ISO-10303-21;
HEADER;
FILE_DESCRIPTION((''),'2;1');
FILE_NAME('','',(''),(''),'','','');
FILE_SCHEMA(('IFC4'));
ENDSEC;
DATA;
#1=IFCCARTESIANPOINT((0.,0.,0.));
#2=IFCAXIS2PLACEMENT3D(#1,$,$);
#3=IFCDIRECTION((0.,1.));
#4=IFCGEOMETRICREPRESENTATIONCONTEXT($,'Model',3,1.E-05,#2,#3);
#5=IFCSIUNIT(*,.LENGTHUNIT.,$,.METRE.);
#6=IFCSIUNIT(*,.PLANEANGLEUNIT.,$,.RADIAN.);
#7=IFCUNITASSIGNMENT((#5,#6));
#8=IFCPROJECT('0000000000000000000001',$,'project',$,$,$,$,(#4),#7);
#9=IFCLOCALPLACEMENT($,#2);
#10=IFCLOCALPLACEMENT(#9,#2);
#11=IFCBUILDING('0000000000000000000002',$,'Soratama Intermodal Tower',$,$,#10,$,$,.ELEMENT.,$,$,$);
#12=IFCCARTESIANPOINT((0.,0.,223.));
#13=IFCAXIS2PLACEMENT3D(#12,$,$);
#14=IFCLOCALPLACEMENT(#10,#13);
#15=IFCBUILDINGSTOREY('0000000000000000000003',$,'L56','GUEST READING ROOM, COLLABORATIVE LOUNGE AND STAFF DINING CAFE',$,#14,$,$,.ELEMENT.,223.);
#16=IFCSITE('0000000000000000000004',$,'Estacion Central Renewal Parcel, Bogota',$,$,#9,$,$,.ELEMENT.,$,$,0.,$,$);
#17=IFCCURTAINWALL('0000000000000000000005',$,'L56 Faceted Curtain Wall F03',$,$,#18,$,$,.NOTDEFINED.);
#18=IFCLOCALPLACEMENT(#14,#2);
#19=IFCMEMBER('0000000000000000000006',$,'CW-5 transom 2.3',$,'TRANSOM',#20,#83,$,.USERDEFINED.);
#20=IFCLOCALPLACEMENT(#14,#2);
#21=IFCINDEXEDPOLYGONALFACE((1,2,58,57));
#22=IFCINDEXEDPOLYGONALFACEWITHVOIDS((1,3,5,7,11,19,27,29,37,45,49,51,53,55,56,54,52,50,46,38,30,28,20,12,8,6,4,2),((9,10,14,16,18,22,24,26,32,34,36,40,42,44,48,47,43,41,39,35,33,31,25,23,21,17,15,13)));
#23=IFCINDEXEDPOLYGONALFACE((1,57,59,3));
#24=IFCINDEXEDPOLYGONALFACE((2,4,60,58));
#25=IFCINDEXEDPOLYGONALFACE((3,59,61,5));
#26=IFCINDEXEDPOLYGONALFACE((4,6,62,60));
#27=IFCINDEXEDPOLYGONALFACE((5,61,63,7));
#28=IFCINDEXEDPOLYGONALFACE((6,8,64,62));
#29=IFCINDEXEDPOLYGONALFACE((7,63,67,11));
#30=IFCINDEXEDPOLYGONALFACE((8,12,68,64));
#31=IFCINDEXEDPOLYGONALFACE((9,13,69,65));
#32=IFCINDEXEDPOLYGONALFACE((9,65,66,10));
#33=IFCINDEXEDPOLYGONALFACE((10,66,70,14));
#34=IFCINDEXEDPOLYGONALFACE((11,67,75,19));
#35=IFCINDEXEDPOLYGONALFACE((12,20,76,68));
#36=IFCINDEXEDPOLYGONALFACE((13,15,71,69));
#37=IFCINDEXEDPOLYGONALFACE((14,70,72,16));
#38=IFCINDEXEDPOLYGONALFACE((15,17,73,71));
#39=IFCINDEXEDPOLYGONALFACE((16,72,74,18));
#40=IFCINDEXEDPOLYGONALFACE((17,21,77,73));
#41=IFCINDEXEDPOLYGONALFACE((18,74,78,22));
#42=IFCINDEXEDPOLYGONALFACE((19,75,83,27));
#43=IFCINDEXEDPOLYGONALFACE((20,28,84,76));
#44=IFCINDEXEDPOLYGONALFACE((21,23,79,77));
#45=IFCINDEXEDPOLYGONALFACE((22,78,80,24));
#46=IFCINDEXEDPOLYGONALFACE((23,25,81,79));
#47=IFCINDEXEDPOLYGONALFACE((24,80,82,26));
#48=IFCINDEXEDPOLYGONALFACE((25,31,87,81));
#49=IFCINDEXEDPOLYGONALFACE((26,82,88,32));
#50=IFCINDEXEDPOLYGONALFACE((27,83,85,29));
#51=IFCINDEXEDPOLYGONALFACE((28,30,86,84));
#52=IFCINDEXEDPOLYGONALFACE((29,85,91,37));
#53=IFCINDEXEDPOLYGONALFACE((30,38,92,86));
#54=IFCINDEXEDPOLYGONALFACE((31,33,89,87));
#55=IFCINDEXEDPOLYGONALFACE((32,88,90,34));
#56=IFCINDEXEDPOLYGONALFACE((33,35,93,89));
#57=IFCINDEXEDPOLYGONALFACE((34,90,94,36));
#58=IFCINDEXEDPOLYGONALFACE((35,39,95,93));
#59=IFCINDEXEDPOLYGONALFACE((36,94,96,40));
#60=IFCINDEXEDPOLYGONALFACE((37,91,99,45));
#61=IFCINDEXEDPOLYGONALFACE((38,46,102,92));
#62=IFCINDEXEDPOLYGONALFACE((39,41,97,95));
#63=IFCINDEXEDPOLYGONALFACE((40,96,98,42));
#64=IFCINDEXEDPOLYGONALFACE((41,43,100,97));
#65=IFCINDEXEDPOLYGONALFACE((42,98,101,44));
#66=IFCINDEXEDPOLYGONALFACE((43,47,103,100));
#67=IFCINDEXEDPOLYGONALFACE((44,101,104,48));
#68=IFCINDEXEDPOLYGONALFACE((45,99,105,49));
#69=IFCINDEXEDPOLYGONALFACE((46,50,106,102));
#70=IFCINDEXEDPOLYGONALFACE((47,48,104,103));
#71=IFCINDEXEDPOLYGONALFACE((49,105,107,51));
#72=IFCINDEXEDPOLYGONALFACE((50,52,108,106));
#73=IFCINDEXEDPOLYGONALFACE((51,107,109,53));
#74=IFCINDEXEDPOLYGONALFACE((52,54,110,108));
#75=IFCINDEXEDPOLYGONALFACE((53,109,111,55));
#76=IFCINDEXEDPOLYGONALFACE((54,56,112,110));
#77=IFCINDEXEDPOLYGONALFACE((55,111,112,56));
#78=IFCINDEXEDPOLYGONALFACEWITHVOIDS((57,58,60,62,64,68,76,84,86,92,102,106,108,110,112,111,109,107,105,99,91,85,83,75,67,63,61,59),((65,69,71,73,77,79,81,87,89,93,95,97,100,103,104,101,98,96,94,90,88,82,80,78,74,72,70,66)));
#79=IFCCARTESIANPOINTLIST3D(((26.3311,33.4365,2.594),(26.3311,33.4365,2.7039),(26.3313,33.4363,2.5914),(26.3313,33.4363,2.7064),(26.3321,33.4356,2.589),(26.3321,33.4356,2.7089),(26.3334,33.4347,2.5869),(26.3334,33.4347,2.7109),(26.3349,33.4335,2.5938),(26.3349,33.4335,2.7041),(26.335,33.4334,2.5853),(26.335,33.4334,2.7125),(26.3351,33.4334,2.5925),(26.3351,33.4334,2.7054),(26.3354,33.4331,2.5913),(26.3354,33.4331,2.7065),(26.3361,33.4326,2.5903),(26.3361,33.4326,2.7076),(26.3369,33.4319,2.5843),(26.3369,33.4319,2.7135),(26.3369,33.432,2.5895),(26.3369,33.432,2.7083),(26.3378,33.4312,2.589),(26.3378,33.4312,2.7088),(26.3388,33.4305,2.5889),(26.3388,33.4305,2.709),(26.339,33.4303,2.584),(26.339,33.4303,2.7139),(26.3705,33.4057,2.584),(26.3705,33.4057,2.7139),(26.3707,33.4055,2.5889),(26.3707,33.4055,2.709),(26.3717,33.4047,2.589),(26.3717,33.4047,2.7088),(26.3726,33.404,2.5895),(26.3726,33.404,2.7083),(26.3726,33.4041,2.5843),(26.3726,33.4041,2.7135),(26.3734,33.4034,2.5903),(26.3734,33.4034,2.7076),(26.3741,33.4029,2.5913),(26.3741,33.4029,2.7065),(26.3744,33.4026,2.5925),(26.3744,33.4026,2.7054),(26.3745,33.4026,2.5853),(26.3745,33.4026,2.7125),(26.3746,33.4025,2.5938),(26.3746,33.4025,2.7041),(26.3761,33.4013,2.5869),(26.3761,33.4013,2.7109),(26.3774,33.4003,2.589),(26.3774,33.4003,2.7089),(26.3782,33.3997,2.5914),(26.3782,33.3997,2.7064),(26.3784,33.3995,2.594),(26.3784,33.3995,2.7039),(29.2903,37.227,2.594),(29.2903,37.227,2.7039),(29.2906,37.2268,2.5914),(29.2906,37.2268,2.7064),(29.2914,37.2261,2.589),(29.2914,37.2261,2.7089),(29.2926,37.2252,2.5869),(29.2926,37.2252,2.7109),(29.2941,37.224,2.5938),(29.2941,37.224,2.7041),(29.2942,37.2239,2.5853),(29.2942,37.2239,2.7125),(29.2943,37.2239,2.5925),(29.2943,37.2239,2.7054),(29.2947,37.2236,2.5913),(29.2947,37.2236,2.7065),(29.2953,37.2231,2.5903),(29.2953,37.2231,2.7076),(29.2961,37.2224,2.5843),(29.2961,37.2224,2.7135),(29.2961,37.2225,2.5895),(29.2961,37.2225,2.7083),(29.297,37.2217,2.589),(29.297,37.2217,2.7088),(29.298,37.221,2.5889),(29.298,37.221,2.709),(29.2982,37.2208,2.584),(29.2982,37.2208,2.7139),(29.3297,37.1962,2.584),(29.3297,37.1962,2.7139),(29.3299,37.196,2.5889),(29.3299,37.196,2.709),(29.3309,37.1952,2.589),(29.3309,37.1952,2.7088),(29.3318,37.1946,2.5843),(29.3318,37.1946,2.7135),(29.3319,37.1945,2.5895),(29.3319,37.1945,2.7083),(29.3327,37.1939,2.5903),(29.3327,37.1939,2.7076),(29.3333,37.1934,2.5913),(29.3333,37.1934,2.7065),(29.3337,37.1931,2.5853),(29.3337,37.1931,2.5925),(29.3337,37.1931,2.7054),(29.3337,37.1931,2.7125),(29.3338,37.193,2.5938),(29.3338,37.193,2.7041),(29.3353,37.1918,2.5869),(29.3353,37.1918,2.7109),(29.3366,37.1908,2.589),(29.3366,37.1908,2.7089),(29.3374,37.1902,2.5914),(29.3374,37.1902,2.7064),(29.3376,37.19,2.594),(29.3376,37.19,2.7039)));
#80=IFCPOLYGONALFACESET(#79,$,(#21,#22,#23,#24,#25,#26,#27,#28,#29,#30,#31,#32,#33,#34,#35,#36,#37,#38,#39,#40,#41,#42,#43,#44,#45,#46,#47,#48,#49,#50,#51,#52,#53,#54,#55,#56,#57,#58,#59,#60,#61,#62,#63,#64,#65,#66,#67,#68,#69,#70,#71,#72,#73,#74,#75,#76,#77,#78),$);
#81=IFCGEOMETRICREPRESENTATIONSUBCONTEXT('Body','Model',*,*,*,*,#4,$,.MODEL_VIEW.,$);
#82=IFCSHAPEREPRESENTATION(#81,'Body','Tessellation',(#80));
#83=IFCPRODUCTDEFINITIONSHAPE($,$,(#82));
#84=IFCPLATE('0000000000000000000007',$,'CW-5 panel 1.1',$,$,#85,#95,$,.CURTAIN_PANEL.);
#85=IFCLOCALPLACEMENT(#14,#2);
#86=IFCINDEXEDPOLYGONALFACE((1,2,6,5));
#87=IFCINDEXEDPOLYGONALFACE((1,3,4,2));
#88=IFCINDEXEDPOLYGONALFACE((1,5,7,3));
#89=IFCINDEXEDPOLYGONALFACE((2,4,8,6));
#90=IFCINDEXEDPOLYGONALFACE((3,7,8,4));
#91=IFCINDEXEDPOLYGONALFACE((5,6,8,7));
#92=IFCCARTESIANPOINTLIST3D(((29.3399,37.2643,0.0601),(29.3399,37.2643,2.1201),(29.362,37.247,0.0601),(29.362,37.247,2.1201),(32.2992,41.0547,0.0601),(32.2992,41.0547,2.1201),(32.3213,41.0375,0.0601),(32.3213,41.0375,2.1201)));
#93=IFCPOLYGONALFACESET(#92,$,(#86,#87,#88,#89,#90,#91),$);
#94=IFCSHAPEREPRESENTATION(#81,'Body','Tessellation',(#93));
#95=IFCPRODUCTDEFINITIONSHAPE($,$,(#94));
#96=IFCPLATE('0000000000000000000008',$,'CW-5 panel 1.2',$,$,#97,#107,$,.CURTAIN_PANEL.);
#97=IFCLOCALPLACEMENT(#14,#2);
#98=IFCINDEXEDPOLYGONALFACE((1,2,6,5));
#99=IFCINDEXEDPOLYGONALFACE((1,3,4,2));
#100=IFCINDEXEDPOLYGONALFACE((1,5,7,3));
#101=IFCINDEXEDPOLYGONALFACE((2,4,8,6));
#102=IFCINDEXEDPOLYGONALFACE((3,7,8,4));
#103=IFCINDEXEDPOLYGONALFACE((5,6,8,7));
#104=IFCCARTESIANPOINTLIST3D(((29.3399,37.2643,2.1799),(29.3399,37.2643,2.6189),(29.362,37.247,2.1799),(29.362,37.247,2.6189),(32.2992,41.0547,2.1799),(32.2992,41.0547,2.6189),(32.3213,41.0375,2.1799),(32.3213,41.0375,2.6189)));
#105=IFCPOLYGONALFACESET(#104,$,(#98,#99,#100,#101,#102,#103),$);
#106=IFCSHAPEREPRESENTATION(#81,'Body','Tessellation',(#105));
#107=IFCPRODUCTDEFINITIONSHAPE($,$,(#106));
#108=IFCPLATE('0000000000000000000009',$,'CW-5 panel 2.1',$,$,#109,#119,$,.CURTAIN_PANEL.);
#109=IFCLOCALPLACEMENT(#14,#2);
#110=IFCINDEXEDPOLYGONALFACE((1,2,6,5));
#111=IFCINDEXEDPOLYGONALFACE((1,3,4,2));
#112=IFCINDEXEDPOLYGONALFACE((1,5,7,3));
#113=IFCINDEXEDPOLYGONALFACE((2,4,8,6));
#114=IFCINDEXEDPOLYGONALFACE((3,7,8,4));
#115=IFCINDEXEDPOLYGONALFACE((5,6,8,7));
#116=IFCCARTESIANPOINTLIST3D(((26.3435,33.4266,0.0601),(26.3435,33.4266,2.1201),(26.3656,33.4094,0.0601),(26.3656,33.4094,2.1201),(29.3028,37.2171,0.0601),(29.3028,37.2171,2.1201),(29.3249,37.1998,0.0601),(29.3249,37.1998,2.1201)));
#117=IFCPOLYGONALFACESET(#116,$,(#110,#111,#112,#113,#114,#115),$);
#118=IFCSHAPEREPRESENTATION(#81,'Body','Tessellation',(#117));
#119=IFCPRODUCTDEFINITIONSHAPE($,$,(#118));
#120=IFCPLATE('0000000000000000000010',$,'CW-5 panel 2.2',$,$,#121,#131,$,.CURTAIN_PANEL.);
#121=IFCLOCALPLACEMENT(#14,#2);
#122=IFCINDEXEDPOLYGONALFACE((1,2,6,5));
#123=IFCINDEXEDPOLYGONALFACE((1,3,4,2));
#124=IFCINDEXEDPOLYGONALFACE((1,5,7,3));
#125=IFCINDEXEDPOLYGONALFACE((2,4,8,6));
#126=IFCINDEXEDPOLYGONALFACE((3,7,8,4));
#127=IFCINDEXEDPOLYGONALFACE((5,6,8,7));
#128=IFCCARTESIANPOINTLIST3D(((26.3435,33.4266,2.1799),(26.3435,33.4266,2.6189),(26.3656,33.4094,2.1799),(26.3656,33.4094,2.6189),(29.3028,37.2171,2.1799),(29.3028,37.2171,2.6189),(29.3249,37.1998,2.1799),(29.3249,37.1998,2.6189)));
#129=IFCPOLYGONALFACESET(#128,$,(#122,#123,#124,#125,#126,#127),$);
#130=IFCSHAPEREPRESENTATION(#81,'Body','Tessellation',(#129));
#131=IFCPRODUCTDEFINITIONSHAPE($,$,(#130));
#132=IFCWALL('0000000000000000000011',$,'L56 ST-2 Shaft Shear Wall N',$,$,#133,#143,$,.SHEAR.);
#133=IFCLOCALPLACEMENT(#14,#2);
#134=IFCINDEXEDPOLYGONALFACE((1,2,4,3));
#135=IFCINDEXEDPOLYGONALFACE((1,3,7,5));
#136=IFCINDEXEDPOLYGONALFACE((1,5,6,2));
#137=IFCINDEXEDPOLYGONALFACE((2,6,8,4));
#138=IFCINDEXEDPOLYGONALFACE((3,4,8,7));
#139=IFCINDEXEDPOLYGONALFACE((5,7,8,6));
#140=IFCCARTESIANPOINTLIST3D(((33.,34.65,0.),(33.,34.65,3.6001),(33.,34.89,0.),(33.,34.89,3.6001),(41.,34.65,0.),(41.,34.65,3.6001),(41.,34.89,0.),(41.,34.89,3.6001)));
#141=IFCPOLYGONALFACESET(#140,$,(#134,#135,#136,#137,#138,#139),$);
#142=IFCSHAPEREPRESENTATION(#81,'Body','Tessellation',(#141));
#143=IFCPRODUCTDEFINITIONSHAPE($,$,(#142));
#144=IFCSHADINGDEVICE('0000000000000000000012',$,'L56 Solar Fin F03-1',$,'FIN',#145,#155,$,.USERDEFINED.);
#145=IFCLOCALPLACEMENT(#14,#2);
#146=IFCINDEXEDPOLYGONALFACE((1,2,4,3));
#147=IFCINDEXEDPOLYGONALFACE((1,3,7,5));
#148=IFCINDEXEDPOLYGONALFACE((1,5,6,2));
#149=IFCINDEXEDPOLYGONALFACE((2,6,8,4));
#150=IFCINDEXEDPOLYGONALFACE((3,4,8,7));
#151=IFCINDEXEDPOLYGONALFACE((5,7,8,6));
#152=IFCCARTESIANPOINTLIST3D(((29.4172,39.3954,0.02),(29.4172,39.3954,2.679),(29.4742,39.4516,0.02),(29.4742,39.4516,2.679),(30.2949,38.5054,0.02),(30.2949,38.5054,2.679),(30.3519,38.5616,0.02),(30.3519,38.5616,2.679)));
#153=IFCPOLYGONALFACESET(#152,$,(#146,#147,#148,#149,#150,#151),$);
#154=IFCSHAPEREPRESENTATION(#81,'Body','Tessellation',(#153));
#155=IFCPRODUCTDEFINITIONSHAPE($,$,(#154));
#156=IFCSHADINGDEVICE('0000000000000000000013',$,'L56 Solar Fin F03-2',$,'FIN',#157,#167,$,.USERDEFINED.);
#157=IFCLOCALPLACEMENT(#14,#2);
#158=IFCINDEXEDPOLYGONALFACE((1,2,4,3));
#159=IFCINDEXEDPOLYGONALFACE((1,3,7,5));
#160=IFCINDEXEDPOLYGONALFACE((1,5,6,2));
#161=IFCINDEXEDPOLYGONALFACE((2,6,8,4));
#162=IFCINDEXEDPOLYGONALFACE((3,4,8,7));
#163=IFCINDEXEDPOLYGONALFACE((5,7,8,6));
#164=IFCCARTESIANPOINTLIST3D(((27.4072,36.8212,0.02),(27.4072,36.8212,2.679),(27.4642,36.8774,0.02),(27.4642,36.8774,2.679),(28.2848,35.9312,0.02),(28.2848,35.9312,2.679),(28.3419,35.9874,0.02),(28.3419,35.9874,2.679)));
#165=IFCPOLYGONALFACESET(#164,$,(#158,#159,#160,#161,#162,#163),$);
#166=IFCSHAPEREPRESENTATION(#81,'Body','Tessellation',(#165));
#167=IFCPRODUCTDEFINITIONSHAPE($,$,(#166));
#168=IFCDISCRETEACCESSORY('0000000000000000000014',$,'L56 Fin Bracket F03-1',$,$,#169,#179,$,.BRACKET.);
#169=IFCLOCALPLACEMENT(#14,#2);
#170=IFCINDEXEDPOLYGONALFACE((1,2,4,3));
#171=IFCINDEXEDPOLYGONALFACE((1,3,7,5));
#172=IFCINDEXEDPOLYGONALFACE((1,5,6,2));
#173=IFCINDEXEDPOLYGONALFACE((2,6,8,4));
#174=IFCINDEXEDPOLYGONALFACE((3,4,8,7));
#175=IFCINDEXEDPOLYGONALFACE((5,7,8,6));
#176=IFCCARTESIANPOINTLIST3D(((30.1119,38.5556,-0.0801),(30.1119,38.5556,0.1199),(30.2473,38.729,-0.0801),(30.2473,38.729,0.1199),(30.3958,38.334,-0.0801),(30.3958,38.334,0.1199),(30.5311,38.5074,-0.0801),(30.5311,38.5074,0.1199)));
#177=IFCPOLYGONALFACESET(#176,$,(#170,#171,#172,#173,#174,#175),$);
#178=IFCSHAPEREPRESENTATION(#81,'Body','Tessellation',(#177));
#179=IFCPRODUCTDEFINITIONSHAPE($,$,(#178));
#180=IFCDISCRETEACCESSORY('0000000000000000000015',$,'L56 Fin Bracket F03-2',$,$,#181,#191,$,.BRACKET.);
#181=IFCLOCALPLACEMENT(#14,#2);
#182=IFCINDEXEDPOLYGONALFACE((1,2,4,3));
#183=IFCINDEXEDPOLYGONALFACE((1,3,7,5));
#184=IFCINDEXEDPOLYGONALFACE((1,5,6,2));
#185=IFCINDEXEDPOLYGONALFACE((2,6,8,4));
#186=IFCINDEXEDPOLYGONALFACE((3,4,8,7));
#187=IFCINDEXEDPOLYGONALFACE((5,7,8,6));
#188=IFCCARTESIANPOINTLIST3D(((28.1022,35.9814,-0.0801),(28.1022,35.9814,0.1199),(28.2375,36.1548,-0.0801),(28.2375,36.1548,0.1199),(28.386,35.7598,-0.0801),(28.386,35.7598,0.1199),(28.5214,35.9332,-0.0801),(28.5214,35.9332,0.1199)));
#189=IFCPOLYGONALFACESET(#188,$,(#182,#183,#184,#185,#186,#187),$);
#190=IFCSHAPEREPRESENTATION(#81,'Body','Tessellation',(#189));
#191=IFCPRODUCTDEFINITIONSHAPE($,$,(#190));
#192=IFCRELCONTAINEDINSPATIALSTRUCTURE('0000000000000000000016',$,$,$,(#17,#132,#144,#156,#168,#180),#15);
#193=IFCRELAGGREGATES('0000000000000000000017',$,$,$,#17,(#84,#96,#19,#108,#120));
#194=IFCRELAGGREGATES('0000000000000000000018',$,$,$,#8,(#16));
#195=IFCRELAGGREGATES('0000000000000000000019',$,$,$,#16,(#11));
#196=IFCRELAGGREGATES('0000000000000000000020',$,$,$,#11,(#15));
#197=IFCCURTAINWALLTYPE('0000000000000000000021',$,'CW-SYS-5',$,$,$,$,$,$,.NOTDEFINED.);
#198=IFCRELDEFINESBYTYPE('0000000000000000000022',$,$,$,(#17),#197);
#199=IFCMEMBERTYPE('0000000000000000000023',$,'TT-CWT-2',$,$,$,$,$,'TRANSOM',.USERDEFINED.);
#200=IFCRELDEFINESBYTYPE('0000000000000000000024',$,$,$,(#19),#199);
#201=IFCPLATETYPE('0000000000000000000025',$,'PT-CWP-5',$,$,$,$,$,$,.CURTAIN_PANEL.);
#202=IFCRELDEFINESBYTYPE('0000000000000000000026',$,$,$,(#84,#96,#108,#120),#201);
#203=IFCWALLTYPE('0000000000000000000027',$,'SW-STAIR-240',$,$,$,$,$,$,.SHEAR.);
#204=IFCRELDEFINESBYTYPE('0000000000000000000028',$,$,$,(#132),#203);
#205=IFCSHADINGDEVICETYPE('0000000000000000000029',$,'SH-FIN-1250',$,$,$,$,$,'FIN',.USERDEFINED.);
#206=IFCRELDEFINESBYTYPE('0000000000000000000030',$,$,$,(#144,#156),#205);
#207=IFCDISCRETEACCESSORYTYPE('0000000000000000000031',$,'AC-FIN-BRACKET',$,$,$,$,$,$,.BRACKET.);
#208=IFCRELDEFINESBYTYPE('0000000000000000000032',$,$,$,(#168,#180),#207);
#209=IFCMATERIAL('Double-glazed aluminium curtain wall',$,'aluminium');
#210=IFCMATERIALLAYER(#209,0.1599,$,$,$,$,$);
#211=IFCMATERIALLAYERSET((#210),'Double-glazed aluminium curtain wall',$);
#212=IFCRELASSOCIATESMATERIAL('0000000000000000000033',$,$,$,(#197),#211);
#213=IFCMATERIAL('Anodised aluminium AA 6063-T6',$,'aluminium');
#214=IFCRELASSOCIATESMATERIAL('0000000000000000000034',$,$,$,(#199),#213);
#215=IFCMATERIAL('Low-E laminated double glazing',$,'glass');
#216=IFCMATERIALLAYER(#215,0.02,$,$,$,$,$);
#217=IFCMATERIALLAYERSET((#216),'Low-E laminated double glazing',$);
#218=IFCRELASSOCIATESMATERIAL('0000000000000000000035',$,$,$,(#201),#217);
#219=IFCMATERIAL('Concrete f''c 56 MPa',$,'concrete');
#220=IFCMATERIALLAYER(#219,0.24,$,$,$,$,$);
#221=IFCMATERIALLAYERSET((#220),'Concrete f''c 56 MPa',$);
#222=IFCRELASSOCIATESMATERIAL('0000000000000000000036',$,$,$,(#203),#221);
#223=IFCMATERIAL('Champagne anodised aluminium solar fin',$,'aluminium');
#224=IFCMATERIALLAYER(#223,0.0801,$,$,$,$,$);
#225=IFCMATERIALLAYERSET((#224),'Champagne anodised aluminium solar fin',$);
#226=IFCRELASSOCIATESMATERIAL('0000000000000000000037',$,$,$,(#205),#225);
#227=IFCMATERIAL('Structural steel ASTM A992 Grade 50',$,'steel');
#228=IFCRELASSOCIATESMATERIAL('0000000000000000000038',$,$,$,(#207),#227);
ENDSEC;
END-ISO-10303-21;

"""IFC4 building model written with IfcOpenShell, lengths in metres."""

from ifc_helpers import new_model, si_unit, direction, frame, frame_2d, origin, origin_2d, place, context, subcontext, project, spatial, rectangle, hollow_rectangle, extrude, material, layer, layer_set, material_profile, profile_set, type_object, element, aggregate, save


model = new_model("IFC4")

# Units and contexts
model_context = context("Model", 3, precision=1e-05, world=origin(), true_north=direction((0.0, 1.0)))
body_context = subcontext(model_context, "Body", "Model", "MODEL_VIEW")
ifc_project = project(units=[si_unit("LENGTHUNIT", "METRE"), si_unit("PLANEANGLEUNIT", "RADIAN")], contexts=[model_context])

# Site, building, storey
site_placement = place(None, origin())
site = spatial("IfcSite", under=ifc_project, at=site_placement, Name="Estacion Central Renewal Parcel, Bogota", CompositionType="ELEMENT", RefElevation=0.0)
building_placement = place(site_placement, origin())
building = spatial("IfcBuilding", under=site, at=building_placement, Name="Soratama Intermodal Tower", CompositionType="ELEMENT")
storey_placement = place(building_placement, frame((0.0, 0.0, 223.0)))
storey = spatial("IfcBuildingStorey", under=building, at=storey_placement, Name="L56", Description="GUEST READING ROOM, COLLABORATIVE LOUNGE AND STAFF DINING CAFE", CompositionType="ELEMENT", Elevation=223.0)

# Curtain wall, member, plates
ifc_material_1 = material(Name="Double-glazed aluminium curtain wall", Category="aluminium")
ifc_layer_1 = layer(ifc_material_1, 0.1599)
ifc_layer_set_1 = layer_set([ifc_layer_1], Name="Double-glazed aluminium curtain wall")
curtain_wall_type = type_object("IfcCurtainWallType", Name="CW-SYS-5", PredefinedType="NOTDEFINED", material=ifc_layer_set_1)
curtain_wall_placement = place(storey_placement, origin())
curtain_wall = element("IfcCurtainWall", 1, at=curtain_wall_placement, inside=storey, type_object=curtain_wall_type, Name="L56 Faceted Curtain Wall F03", PredefinedType="NOTDEFINED")
ifc_material_2 = material(Name="Anodised aluminium AA 6063-T6", Category="aluminium")
ifc_material_profile_1 = material_profile(ifc_material_2, hollow_rectangle(XDim=0.0601, YDim=0.1299, WallThickness=0.0049, InnerFilletRadius=0.0049, OuterFilletRadius=0.01, at=origin_2d()), Name="CWT130X60X5")
ifc_profile_set_1 = profile_set([ifc_material_profile_1], Name="Anodised aluminium AA 6063-T6")
member_type_1 = type_object("IfcMemberType", Name="TT-CWT-2", ElementType="TRANSOM", PredefinedType="USERDEFINED", material=ifc_profile_set_1)
member_1_placement = place(storey_placement, frame((29.314, 37.2085, 2.6489), z_axis=(-0.61537, -0.788238, 0.0), x_axis=(0.788238, -0.61537, 0.0)))
member_1 = element("IfcMember", 2, at=member_1_placement, type_object=member_type_1, Name="CW-5 transom 2.3", ObjectType="TRANSOM", PredefinedType="USERDEFINED", context=body_context, shape_type="SweptSolid", body=[
    extrude(hollow_rectangle(XDim=0.0601, YDim=0.1299, WallThickness=0.0049, InnerFilletRadius=0.0049, OuterFilletRadius=0.01, at=origin_2d()), origin(), (0.0, 0.0, 1.0), 4.8088),
])
ifc_material_3 = material(Name="Low-E laminated double glazing", Category="glass")
ifc_layer_2 = layer(ifc_material_3, 0.02)
ifc_layer_set_2 = layer_set([ifc_layer_2], Name="Low-E laminated double glazing")
plate_type = type_object("IfcPlateType", Name="PT-CWP-5", PredefinedType="CURTAIN_PANEL", material=ifc_layer_set_2)
plate_1_placement = place(storey_placement, frame((30.8306, 39.1509, 0.0601), z_axis=(0.0, 0.0, 1.0), x_axis=(-0.615388, -0.788224, 0.0)))
plate_1 = element("IfcPlate", 3, at=plate_1_placement, type_object=plate_type, Name="CW-5 panel 1.1", PredefinedType="CURTAIN_PANEL", context=body_context, shape_type="SweptSolid", body=[
    extrude(rectangle(XDim=4.8088, YDim=0.0281, at=origin_2d()), origin(), (0.0, 0.0, 1.0), 2.0601),
])
plate_2_placement = place(storey_placement, frame((30.8306, 39.1509, 2.1799), z_axis=(0.0, 0.0, 1.0), x_axis=(-0.615388, -0.788224, 0.0)))
plate_2 = element("IfcPlate", 4, at=plate_2_placement, type_object=plate_type, Name="CW-5 panel 1.2", PredefinedType="CURTAIN_PANEL", context=body_context, shape_type="SweptSolid", body=[
    extrude(rectangle(XDim=4.8088, YDim=0.0281, at=origin_2d()), origin(), (0.0, 0.0, 1.0), 0.439),
])
plate_3_placement = place(storey_placement, frame((27.8342, 35.3132, 0.0601), z_axis=(0.0, 0.0, 1.0), x_axis=(-0.615388, -0.788224, 0.0)))
plate_3 = element("IfcPlate", 5, at=plate_3_placement, type_object=plate_type, Name="CW-5 panel 2.1", PredefinedType="CURTAIN_PANEL", context=body_context, shape_type="SweptSolid", body=[
    extrude(rectangle(XDim=4.8088, YDim=0.0281, at=origin_2d()), origin(), (0.0, 0.0, 1.0), 2.0601),
])
plate_4_placement = place(storey_placement, frame((27.8342, 35.3132, 2.1799), z_axis=(0.0, 0.0, 1.0), x_axis=(-0.615388, -0.788224, 0.0)))
plate_4 = element("IfcPlate", 6, at=plate_4_placement, type_object=plate_type, Name="CW-5 panel 2.2", PredefinedType="CURTAIN_PANEL", context=body_context, shape_type="SweptSolid", body=[
    extrude(rectangle(XDim=4.8088, YDim=0.0281, at=origin_2d()), origin(), (0.0, 0.0, 1.0), 0.439),
])
aggregate(curtain_wall, [plate_1, plate_2, member_1, plate_3, plate_4])

# Wall
ifc_material_4 = material(Name="Concrete f'c 56 MPa", Category="concrete")
ifc_layer_3 = layer(ifc_material_4, 0.24)
ifc_layer_set_3 = layer_set([ifc_layer_3], Name="Concrete f'c 56 MPa")
wall_type_1 = type_object("IfcWallType", Name="SW-STAIR-240", PredefinedType="SHEAR", material=ifc_layer_set_3)
wall_1_placement = place(storey_placement, frame((33.0, 34.77, 0.0), z_axis=(0.0, 0.0, 1.0), x_axis=(1.0, 0.0, 0.0)))
element("IfcWall", 7, at=wall_1_placement, inside=storey, type_object=wall_type_1, Name="L56 ST-2 Shaft Shear Wall N", PredefinedType="SHEAR", context=body_context, shape_type="SweptSolid", body=[
    extrude(rectangle(XDim=8.0, YDim=0.24, at=frame_2d((4.0, 0.0))), origin(), (0.0, 0.0, 1.0), 3.6001),
])

# Shading devices
ifc_material_5 = material(Name="Champagne anodised aluminium solar fin", Category="aluminium")
ifc_layer_4 = layer(ifc_material_5, 0.0801)
ifc_layer_set_4 = layer_set([ifc_layer_4], Name="Champagne anodised aluminium solar fin")
shading_device_type = type_object("IfcShadingDeviceType", Name="SH-FIN-1250", ElementType="FIN", PredefinedType="USERDEFINED", material=ifc_layer_set_4)
for number, where, z_axis, x_axis, name in (
    (8, (29.8845, 38.9785, 0.02), (0.0, 0.0, 1.0), (-0.702153, 0.712026, 0.0), "L56 Solar Fin F03-1"),
    (9, (27.8745, 36.4043, 0.02), (0.0, 0.0, 1.0), (-0.702153, 0.712026, 0.0), "L56 Solar Fin F03-2"),
):
    element("IfcShadingDevice", number, at=place(storey_placement, frame(where, z_axis=z_axis, x_axis=x_axis)), inside=storey, type_object=shading_device_type, Name=name, ObjectType="FIN", PredefinedType="USERDEFINED", context=body_context, shape_type="SweptSolid", body=[
        extrude(rectangle(XDim=1.25, YDim=0.0801, at=origin_2d()), origin(), (0.0, 0.0, 1.0), 2.6589),
    ])

# Discrete accessories
ifc_material_6 = material(Name="Structural steel ASTM A992 Grade 50", Category="steel")
discrete_accessory_type = type_object("IfcDiscreteAccessoryType", Name="AC-FIN-BRACKET", PredefinedType="BRACKET", material=ifc_material_6)
for number, where, z_axis, x_axis, name in (
    (10, (30.3215, 38.5315, -0.0801), (0.0, 0.0, 1.0), (-0.788226, 0.615386, 0.0), "L56 Fin Bracket F03-1"),
    (11, (28.3118, 35.9573, -0.0801), (0.0, 0.0, 1.0), (-0.788226, 0.615386, 0.0), "L56 Fin Bracket F03-2"),
):
    element("IfcDiscreteAccessory", number, at=place(storey_placement, frame(where, z_axis=z_axis, x_axis=x_axis)), inside=storey, type_object=discrete_accessory_type, Name=name, PredefinedType="BRACKET", context=body_context, shape_type="SweptSolid", body=[
        extrude(rectangle(XDim=0.3601, YDim=0.22, at=origin_2d()), origin(), (0.0, 0.0, 1.0), 0.2),
    ])

save(model, "model.ifc")
